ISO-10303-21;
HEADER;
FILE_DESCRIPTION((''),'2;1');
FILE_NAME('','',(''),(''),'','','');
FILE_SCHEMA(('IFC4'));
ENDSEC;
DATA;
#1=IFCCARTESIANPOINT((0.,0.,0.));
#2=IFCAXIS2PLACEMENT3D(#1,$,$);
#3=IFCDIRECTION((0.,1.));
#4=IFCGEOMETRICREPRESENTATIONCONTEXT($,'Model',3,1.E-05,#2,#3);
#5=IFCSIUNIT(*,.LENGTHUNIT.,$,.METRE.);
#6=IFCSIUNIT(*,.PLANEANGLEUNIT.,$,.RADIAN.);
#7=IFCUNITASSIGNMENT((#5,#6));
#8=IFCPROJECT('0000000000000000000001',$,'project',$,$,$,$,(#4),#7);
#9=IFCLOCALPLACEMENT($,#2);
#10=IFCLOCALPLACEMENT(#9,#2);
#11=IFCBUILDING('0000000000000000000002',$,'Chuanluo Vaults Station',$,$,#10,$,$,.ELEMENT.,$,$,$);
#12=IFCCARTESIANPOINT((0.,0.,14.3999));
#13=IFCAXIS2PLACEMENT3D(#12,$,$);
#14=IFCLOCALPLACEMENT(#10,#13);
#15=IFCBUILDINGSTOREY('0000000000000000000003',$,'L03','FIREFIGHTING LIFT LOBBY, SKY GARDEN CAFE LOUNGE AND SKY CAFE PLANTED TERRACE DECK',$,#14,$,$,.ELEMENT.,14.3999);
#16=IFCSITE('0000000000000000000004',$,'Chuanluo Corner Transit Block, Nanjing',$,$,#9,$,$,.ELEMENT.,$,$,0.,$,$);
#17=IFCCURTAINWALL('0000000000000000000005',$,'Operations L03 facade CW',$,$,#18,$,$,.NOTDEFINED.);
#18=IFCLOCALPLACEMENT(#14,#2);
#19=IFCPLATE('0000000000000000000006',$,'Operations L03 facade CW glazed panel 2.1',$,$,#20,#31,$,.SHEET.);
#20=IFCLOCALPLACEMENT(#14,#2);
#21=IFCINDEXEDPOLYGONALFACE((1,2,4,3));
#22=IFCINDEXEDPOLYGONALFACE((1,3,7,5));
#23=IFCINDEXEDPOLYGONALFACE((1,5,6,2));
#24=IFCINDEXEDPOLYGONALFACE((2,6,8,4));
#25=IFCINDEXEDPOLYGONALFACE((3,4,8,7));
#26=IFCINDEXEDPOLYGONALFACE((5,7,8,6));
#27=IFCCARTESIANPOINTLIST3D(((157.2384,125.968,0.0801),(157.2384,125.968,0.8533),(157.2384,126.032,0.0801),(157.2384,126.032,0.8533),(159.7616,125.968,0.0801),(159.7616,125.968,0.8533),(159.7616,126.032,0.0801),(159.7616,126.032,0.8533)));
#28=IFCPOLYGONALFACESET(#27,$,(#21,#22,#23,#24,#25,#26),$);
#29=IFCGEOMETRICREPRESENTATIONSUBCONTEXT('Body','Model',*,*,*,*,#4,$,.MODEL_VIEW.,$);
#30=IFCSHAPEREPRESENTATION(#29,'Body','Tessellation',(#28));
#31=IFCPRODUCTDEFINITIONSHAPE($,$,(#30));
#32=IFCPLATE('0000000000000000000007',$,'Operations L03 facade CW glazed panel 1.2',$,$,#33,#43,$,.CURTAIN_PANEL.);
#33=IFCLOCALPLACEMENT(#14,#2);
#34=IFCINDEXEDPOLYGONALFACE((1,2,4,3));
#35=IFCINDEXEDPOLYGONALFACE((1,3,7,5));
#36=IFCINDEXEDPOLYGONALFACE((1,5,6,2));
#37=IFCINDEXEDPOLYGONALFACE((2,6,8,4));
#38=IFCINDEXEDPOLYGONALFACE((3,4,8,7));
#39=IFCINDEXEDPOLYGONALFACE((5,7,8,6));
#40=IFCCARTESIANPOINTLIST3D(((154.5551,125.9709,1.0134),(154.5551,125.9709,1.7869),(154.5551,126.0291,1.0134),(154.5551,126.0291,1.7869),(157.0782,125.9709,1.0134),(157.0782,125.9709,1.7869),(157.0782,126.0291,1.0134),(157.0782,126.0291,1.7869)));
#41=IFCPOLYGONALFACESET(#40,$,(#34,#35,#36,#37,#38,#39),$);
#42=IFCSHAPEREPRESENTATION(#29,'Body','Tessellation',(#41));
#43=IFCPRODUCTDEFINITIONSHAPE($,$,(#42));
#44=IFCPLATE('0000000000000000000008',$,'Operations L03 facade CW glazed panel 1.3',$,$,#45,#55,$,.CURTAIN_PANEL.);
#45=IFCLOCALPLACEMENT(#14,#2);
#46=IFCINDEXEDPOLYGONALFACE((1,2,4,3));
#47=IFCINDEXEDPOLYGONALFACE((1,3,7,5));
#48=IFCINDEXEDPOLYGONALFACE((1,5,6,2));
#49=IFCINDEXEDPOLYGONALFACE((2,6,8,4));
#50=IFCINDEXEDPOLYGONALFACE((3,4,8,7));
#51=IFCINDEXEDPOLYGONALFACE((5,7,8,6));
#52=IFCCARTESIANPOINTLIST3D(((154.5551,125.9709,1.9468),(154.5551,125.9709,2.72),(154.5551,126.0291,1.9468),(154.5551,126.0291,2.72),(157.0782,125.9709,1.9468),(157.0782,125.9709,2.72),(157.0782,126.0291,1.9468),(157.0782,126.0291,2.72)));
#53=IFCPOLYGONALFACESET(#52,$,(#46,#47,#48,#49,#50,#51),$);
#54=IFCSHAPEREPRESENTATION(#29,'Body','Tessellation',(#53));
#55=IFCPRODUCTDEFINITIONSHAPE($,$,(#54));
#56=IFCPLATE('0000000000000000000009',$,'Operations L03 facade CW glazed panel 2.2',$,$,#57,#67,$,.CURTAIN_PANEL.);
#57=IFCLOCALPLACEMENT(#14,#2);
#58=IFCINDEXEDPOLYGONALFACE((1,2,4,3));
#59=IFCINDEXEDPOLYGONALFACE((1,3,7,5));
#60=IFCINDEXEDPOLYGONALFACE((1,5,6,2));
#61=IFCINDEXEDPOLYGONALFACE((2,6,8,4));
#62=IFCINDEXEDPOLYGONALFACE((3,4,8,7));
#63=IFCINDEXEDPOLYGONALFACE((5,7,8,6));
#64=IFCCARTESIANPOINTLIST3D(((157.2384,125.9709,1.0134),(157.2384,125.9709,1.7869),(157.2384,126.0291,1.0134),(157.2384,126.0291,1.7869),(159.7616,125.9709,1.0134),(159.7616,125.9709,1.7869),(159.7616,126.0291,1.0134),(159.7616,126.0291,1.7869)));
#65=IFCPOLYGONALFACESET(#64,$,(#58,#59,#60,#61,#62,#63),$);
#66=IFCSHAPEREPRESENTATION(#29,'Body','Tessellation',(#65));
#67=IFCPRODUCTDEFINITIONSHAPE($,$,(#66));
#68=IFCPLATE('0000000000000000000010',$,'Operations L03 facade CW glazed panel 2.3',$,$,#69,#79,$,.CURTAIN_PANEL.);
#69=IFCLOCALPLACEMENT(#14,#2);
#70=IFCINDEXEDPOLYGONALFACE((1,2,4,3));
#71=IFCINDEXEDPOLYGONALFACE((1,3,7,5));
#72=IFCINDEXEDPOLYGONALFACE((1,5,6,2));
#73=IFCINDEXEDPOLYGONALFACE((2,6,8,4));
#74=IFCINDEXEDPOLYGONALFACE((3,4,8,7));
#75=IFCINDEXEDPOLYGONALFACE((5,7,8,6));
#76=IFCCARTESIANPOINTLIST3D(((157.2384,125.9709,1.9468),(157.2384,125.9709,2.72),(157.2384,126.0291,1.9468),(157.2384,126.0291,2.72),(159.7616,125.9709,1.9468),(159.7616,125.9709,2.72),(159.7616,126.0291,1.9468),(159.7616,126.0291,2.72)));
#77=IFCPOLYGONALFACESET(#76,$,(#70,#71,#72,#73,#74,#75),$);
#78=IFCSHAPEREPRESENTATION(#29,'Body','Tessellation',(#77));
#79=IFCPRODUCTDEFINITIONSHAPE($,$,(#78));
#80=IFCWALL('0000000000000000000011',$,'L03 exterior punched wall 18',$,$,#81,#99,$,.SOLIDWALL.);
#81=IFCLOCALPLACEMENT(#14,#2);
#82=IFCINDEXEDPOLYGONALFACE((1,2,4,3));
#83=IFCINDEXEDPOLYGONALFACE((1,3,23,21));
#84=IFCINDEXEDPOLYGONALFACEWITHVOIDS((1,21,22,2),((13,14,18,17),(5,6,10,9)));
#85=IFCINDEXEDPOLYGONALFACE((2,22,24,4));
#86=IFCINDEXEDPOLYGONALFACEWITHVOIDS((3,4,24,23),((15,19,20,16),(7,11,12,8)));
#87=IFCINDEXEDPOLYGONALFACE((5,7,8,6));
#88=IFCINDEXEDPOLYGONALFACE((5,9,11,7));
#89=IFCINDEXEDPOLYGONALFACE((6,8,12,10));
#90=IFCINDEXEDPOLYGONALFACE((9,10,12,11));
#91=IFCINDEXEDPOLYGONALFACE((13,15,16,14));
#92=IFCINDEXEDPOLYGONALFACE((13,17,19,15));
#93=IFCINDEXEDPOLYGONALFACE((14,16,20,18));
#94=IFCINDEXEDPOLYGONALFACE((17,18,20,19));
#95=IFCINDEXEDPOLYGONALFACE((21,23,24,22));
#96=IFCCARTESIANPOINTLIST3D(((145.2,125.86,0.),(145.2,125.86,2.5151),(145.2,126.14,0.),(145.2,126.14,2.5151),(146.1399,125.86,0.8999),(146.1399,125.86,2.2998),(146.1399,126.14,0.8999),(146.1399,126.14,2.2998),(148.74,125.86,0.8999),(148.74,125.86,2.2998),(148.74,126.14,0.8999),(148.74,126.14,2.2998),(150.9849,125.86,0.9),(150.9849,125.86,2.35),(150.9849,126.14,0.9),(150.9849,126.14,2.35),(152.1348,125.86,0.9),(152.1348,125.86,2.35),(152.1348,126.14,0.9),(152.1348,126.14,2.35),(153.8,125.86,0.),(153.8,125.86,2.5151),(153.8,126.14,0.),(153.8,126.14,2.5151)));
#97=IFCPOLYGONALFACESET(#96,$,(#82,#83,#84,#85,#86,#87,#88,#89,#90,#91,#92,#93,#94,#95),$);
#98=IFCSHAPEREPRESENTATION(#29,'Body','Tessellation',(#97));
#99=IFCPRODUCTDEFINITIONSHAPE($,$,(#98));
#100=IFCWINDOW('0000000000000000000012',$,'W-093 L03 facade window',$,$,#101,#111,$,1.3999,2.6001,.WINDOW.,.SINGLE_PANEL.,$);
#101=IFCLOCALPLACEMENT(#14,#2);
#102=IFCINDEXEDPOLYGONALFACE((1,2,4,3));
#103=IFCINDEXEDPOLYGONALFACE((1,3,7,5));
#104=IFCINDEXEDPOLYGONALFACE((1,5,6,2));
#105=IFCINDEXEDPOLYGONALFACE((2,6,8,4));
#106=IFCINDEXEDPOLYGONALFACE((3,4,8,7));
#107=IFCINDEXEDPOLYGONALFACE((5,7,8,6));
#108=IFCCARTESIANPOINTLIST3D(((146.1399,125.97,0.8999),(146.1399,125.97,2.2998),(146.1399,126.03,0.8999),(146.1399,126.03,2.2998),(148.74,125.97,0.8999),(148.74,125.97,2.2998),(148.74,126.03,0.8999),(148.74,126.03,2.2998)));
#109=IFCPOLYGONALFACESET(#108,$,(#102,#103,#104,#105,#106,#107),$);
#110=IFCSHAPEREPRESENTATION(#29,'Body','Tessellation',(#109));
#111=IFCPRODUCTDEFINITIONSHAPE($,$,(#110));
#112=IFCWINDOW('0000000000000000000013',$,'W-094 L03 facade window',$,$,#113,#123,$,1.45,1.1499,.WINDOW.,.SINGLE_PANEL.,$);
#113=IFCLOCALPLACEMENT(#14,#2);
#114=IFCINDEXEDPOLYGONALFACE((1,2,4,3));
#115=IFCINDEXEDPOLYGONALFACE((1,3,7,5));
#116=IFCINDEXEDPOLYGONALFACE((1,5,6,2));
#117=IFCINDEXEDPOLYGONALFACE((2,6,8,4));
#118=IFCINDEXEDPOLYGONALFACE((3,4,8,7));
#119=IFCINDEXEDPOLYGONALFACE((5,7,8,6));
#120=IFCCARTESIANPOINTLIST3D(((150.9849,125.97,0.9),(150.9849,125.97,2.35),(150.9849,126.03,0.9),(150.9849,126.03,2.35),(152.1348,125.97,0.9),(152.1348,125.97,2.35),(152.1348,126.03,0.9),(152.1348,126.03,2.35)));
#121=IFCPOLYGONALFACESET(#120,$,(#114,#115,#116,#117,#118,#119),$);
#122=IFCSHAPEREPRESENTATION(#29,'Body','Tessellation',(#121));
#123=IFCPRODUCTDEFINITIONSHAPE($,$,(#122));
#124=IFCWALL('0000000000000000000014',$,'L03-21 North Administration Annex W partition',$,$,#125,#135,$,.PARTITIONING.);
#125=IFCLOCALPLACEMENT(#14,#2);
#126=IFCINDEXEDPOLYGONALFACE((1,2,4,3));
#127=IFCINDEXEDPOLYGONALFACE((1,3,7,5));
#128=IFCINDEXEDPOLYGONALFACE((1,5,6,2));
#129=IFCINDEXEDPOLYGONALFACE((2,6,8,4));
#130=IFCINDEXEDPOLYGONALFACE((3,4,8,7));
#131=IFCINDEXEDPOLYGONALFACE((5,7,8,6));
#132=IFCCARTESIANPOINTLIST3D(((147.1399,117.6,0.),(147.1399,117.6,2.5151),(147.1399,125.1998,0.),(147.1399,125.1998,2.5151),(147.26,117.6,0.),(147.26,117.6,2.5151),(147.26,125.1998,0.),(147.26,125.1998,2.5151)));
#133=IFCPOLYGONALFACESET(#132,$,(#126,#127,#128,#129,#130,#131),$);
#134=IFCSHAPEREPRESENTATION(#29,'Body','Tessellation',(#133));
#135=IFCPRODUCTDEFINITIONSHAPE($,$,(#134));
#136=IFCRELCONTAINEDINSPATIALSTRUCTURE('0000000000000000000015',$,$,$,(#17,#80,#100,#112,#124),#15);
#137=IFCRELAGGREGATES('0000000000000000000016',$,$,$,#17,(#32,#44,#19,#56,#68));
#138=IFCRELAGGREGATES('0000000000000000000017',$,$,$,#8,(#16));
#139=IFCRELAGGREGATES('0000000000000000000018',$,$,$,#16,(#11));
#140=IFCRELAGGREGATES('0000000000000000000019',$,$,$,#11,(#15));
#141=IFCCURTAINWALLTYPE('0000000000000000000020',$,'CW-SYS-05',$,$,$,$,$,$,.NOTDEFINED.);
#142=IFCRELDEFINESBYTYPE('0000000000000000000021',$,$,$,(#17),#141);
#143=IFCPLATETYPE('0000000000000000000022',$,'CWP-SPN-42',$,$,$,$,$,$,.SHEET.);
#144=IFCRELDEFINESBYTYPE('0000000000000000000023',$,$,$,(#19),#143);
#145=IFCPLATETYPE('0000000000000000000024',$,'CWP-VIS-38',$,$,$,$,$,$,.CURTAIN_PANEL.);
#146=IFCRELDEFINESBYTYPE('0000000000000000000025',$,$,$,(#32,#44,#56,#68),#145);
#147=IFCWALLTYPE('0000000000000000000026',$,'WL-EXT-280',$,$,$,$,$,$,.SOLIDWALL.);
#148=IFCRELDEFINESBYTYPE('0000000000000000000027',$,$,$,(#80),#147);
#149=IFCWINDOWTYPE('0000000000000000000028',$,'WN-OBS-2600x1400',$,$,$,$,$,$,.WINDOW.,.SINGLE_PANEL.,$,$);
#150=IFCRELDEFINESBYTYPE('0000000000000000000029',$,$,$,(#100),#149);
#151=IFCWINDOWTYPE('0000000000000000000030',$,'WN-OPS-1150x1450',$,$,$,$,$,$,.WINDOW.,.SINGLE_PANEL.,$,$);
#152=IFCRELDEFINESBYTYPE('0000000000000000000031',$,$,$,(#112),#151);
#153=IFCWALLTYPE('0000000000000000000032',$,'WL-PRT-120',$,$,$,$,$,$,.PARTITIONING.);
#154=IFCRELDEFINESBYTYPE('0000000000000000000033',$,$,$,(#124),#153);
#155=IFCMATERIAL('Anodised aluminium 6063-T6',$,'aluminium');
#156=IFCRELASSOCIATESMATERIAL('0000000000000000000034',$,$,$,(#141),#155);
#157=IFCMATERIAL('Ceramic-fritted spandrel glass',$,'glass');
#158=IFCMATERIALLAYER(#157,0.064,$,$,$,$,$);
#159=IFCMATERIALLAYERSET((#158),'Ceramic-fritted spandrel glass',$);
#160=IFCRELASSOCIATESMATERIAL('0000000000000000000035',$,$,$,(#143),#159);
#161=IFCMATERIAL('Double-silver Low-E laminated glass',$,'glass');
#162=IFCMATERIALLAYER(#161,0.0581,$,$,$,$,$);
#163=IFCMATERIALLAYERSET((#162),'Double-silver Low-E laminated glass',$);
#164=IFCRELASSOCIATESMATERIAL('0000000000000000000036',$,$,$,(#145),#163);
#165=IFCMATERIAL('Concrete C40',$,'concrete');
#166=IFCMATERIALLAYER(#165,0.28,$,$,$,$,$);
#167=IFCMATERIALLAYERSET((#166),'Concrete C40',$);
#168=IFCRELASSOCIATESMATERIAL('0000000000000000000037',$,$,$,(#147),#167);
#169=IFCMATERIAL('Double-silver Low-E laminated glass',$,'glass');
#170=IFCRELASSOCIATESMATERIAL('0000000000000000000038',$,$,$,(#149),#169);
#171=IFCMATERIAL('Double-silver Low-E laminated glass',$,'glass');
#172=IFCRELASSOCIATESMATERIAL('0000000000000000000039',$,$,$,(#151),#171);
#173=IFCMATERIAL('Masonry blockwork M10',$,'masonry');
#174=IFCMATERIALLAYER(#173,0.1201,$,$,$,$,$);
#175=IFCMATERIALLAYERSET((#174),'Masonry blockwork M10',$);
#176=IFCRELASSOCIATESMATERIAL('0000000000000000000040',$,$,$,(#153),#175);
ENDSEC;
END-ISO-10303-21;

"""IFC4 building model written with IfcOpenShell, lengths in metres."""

from ifc_helpers import new_model, si_unit, direction, frame, frame_2d, origin, origin_2d, place, context, subcontext, project, spatial, rectangle, extrude, material, layer, layer_set, type_object, element, fill, aggregate, save


model = new_model("IFC4")

# Units and contexts
model_context = context("Model", 3, precision=1e-05, world=origin(), true_north=direction((0.0, 1.0)))
body_context = subcontext(model_context, "Body", "Model", "MODEL_VIEW")
ifc_project = project(units=[si_unit("LENGTHUNIT", "METRE"), si_unit("PLANEANGLEUNIT", "RADIAN")], contexts=[model_context])

# Site, building, storey
site_placement = place(None, origin())
site = spatial("IfcSite", under=ifc_project, at=site_placement, Name="Chuanluo Corner Transit Block, Nanjing", CompositionType="ELEMENT", RefElevation=0.0)
building_placement = place(site_placement, origin())
building = spatial("IfcBuilding", under=site, at=building_placement, Name="Chuanluo Vaults Station", CompositionType="ELEMENT")
storey_placement = place(building_placement, frame((0.0, 0.0, 14.3999)))
storey = spatial("IfcBuildingStorey", under=building, at=storey_placement, Name="L03", Description="FIREFIGHTING LIFT LOBBY, SKY GARDEN CAFE LOUNGE AND SKY CAFE PLANTED TERRACE DECK", CompositionType="ELEMENT", Elevation=14.3999)

# Curtain wall, plates
ifc_material_1 = material(Name="Anodised aluminium 6063-T6", Category="aluminium")
curtain_wall_type = type_object("IfcCurtainWallType", Name="CW-SYS-05", PredefinedType="NOTDEFINED", material=ifc_material_1)
curtain_wall_placement = place(storey_placement, origin())
curtain_wall = element("IfcCurtainWall", 1, at=curtain_wall_placement, inside=storey, type_object=curtain_wall_type, Name="Operations L03 facade CW", PredefinedType="NOTDEFINED")
ifc_material_2 = material(Name="Ceramic-fritted spandrel glass", Category="glass")
ifc_layer_1 = layer(ifc_material_2, 0.064)
ifc_layer_set_1 = layer_set([ifc_layer_1], Name="Ceramic-fritted spandrel glass")
plate_type_1 = type_object("IfcPlateType", Name="CWP-SPN-42", PredefinedType="SHEET", material=ifc_layer_set_1)
plate_1_placement = place(storey_placement, frame((158.5, 126.0, 0.0801), z_axis=(0.0, 0.0, 1.0), x_axis=(1.0, 0.0, 0.0)))
plate_1 = element("IfcPlate", 2, at=plate_1_placement, type_object=plate_type_1, Name="Operations L03 facade CW glazed panel 2.1", PredefinedType="SHEET", context=body_context, shape_type="SweptSolid", body=[
    extrude(rectangle(XDim=2.5232, YDim=0.064, at=origin_2d()), origin(), (0.0, 0.0, 1.0), 0.7732),
])
ifc_material_3 = material(Name="Double-silver Low-E laminated glass", Category="glass")
ifc_layer_2 = layer(ifc_material_3, 0.0581)
ifc_layer_set_2 = layer_set([ifc_layer_2], Name="Double-silver Low-E laminated glass")
plate_type_2 = type_object("IfcPlateType", Name="CWP-VIS-38", PredefinedType="CURTAIN_PANEL", material=ifc_layer_set_2)
plate_2_placement = place(storey_placement, frame((155.8167, 126.0, 1.0134), z_axis=(0.0, 0.0, 1.0), x_axis=(1.0, 0.0, 0.0)))
plate_2 = element("IfcPlate", 3, at=plate_2_placement, type_object=plate_type_2, Name="Operations L03 facade CW glazed panel 1.2", PredefinedType="CURTAIN_PANEL", context=body_context, shape_type="SweptSolid", body=[
    extrude(rectangle(XDim=2.5232, YDim=0.0581, at=origin_2d()), origin(), (0.0, 0.0, 1.0), 0.7734),
])
plate_3_placement = place(storey_placement, frame((155.8167, 126.0, 1.9468), z_axis=(0.0, 0.0, 1.0), x_axis=(1.0, 0.0, 0.0)))
plate_3 = element("IfcPlate", 4, at=plate_3_placement, type_object=plate_type_2, Name="Operations L03 facade CW glazed panel 1.3", PredefinedType="CURTAIN_PANEL", context=body_context, shape_type="SweptSolid", body=[
    extrude(rectangle(XDim=2.5232, YDim=0.0581, at=origin_2d()), origin(), (0.0, 0.0, 1.0), 0.7732),
])
plate_4_placement = place(storey_placement, frame((158.5, 126.0, 1.0134), z_axis=(0.0, 0.0, 1.0), x_axis=(1.0, 0.0, 0.0)))
plate_4 = element("IfcPlate", 5, at=plate_4_placement, type_object=plate_type_2, Name="Operations L03 facade CW glazed panel 2.2", PredefinedType="CURTAIN_PANEL", context=body_context, shape_type="SweptSolid", body=[
    extrude(rectangle(XDim=2.5232, YDim=0.0581, at=origin_2d()), origin(), (0.0, 0.0, 1.0), 0.7734),
])
plate_5_placement = place(storey_placement, frame((158.5, 126.0, 1.9468), z_axis=(0.0, 0.0, 1.0), x_axis=(1.0, 0.0, 0.0)))
plate_5 = element("IfcPlate", 6, at=plate_5_placement, type_object=plate_type_2, Name="Operations L03 facade CW glazed panel 2.3", PredefinedType="CURTAIN_PANEL", context=body_context, shape_type="SweptSolid", body=[
    extrude(rectangle(XDim=2.5232, YDim=0.0581, at=origin_2d()), origin(), (0.0, 0.0, 1.0), 0.7732),
])
aggregate(curtain_wall, [plate_2, plate_3, plate_1, plate_4, plate_5])

# Wall, openings, windows
ifc_material_4 = material(Name="Concrete C40", Category="concrete")
ifc_layer_3 = layer(ifc_material_4, 0.28)
ifc_layer_set_3 = layer_set([ifc_layer_3], Name="Concrete C40")
wall_type_1 = type_object("IfcWallType", Name="WL-EXT-280", PredefinedType="SOLIDWALL", material=ifc_layer_set_3)
wall_1_placement = place(storey_placement, frame((145.2, 126.0, 0.0), z_axis=(0.0, 0.0, 1.0), x_axis=(1.0, 0.0, 0.0)))
wall_1 = element("IfcWall", 7, at=wall_1_placement, inside=storey, type_object=wall_type_1, Name="L03 exterior punched wall 18", PredefinedType="SOLIDWALL", context=body_context, shape_type="SweptSolid", body=[
    extrude(rectangle(XDim=8.6001, YDim=0.28, at=frame_2d((4.3, 0.0))), origin(), (0.0, 0.0, 1.0), 2.5151),
])
opening_1_placement = place(wall_1_placement, frame((0.9399, 0.0, 0.8999)))
opening_1 = element("IfcOpeningElement", 8, at=opening_1_placement, cuts=wall_1, PredefinedType="OPENING", context=body_context, shape_type="SweptSolid", body=[
    extrude(rectangle(XDim=2.6001, YDim=1.3999, at=frame_2d((1.3, 0.7))), frame((0.0, 0.1501, 0.0), z_axis=(0.0, -1.0, 0.0), x_axis=(1.0, 0.0, 0.0)), (0.0, 0.0, 1.0), 0.3),
])
opening_2_placement = place(wall_1_placement, frame((5.7849, 0.0, 0.8999)))
opening_2 = element("IfcOpeningElement", 9, at=opening_2_placement, cuts=wall_1, PredefinedType="OPENING", context=body_context, shape_type="SweptSolid", body=[
    extrude(rectangle(XDim=1.1499, YDim=1.45, at=frame_2d((0.575, 0.7251))), frame((0.0, 0.1501, 0.0), z_axis=(0.0, -1.0, 0.0), x_axis=(1.0, 0.0, 0.0)), (0.0, 0.0, 1.0), 0.3),
])
ifc_material_5 = material(Name="Double-silver Low-E laminated glass", Category="glass")
window_type_1 = type_object("IfcWindowType", Name="WN-OBS-2600x1400", PartitioningType="SINGLE_PANEL", PredefinedType="WINDOW", material=ifc_material_5)
window_1_placement = place(opening_1_placement, origin())
window_1 = element("IfcWindow", 10, at=window_1_placement, inside=storey, type_object=window_type_1, Name="W-093 L03 facade window", OverallHeight=1.3999, OverallWidth=2.6001, PartitioningType="SINGLE_PANEL", PredefinedType="WINDOW", context=body_context, shape_type="SweptSolid", body=[
    extrude(rectangle(XDim=2.6001, YDim=1.3999, at=frame_2d((1.3, 0.7))), frame((0.0, 0.03, 0.0), z_axis=(0.0, -1.0, 0.0), x_axis=(1.0, 0.0, 0.0)), (0.0, 0.0, 1.0), 0.0601),
])
fill(opening_1, window_1)
ifc_material_6 = material(Name="Double-silver Low-E laminated glass", Category="glass")
window_type_2 = type_object("IfcWindowType", Name="WN-OPS-1150x1450", PartitioningType="SINGLE_PANEL", PredefinedType="WINDOW", material=ifc_material_6)
window_2_placement = place(opening_2_placement, origin())
window_2 = element("IfcWindow", 11, at=window_2_placement, inside=storey, type_object=window_type_2, Name="W-094 L03 facade window", OverallHeight=1.45, OverallWidth=1.1499, PartitioningType="SINGLE_PANEL", PredefinedType="WINDOW", context=body_context, shape_type="SweptSolid", body=[
    extrude(rectangle(XDim=1.1499, YDim=1.45, at=frame_2d((0.575, 0.7251))), frame((0.0, 0.03, 0.0), z_axis=(0.0, -1.0, 0.0), x_axis=(1.0, 0.0, 0.0)), (0.0, 0.0, 1.0), 0.0601),
])
fill(opening_2, window_2)

# Wall
ifc_material_7 = material(Name="Masonry blockwork M10", Category="masonry")
ifc_layer_4 = layer(ifc_material_7, 0.1201)
ifc_layer_set_4 = layer_set([ifc_layer_4], Name="Masonry blockwork M10")
wall_type_2 = type_object("IfcWallType", Name="WL-PRT-120", PredefinedType="PARTITIONING", material=ifc_layer_set_4)
wall_2_placement = place(storey_placement, frame((147.2, 117.6001, 0.0), z_axis=(0.0, 0.0, 1.0), x_axis=(0.0, 1.0, 0.0)))
element("IfcWall", 12, at=wall_2_placement, inside=storey, type_object=wall_type_2, Name="L03-21 North Administration Annex W partition", PredefinedType="PARTITIONING", context=body_context, shape_type="SweptSolid", body=[
    extrude(rectangle(XDim=7.5999, YDim=0.1201, at=frame_2d((3.7998, 0.0))), origin(), (0.0, 0.0, 1.0), 2.5151),
])

save(model, "model.ifc")
